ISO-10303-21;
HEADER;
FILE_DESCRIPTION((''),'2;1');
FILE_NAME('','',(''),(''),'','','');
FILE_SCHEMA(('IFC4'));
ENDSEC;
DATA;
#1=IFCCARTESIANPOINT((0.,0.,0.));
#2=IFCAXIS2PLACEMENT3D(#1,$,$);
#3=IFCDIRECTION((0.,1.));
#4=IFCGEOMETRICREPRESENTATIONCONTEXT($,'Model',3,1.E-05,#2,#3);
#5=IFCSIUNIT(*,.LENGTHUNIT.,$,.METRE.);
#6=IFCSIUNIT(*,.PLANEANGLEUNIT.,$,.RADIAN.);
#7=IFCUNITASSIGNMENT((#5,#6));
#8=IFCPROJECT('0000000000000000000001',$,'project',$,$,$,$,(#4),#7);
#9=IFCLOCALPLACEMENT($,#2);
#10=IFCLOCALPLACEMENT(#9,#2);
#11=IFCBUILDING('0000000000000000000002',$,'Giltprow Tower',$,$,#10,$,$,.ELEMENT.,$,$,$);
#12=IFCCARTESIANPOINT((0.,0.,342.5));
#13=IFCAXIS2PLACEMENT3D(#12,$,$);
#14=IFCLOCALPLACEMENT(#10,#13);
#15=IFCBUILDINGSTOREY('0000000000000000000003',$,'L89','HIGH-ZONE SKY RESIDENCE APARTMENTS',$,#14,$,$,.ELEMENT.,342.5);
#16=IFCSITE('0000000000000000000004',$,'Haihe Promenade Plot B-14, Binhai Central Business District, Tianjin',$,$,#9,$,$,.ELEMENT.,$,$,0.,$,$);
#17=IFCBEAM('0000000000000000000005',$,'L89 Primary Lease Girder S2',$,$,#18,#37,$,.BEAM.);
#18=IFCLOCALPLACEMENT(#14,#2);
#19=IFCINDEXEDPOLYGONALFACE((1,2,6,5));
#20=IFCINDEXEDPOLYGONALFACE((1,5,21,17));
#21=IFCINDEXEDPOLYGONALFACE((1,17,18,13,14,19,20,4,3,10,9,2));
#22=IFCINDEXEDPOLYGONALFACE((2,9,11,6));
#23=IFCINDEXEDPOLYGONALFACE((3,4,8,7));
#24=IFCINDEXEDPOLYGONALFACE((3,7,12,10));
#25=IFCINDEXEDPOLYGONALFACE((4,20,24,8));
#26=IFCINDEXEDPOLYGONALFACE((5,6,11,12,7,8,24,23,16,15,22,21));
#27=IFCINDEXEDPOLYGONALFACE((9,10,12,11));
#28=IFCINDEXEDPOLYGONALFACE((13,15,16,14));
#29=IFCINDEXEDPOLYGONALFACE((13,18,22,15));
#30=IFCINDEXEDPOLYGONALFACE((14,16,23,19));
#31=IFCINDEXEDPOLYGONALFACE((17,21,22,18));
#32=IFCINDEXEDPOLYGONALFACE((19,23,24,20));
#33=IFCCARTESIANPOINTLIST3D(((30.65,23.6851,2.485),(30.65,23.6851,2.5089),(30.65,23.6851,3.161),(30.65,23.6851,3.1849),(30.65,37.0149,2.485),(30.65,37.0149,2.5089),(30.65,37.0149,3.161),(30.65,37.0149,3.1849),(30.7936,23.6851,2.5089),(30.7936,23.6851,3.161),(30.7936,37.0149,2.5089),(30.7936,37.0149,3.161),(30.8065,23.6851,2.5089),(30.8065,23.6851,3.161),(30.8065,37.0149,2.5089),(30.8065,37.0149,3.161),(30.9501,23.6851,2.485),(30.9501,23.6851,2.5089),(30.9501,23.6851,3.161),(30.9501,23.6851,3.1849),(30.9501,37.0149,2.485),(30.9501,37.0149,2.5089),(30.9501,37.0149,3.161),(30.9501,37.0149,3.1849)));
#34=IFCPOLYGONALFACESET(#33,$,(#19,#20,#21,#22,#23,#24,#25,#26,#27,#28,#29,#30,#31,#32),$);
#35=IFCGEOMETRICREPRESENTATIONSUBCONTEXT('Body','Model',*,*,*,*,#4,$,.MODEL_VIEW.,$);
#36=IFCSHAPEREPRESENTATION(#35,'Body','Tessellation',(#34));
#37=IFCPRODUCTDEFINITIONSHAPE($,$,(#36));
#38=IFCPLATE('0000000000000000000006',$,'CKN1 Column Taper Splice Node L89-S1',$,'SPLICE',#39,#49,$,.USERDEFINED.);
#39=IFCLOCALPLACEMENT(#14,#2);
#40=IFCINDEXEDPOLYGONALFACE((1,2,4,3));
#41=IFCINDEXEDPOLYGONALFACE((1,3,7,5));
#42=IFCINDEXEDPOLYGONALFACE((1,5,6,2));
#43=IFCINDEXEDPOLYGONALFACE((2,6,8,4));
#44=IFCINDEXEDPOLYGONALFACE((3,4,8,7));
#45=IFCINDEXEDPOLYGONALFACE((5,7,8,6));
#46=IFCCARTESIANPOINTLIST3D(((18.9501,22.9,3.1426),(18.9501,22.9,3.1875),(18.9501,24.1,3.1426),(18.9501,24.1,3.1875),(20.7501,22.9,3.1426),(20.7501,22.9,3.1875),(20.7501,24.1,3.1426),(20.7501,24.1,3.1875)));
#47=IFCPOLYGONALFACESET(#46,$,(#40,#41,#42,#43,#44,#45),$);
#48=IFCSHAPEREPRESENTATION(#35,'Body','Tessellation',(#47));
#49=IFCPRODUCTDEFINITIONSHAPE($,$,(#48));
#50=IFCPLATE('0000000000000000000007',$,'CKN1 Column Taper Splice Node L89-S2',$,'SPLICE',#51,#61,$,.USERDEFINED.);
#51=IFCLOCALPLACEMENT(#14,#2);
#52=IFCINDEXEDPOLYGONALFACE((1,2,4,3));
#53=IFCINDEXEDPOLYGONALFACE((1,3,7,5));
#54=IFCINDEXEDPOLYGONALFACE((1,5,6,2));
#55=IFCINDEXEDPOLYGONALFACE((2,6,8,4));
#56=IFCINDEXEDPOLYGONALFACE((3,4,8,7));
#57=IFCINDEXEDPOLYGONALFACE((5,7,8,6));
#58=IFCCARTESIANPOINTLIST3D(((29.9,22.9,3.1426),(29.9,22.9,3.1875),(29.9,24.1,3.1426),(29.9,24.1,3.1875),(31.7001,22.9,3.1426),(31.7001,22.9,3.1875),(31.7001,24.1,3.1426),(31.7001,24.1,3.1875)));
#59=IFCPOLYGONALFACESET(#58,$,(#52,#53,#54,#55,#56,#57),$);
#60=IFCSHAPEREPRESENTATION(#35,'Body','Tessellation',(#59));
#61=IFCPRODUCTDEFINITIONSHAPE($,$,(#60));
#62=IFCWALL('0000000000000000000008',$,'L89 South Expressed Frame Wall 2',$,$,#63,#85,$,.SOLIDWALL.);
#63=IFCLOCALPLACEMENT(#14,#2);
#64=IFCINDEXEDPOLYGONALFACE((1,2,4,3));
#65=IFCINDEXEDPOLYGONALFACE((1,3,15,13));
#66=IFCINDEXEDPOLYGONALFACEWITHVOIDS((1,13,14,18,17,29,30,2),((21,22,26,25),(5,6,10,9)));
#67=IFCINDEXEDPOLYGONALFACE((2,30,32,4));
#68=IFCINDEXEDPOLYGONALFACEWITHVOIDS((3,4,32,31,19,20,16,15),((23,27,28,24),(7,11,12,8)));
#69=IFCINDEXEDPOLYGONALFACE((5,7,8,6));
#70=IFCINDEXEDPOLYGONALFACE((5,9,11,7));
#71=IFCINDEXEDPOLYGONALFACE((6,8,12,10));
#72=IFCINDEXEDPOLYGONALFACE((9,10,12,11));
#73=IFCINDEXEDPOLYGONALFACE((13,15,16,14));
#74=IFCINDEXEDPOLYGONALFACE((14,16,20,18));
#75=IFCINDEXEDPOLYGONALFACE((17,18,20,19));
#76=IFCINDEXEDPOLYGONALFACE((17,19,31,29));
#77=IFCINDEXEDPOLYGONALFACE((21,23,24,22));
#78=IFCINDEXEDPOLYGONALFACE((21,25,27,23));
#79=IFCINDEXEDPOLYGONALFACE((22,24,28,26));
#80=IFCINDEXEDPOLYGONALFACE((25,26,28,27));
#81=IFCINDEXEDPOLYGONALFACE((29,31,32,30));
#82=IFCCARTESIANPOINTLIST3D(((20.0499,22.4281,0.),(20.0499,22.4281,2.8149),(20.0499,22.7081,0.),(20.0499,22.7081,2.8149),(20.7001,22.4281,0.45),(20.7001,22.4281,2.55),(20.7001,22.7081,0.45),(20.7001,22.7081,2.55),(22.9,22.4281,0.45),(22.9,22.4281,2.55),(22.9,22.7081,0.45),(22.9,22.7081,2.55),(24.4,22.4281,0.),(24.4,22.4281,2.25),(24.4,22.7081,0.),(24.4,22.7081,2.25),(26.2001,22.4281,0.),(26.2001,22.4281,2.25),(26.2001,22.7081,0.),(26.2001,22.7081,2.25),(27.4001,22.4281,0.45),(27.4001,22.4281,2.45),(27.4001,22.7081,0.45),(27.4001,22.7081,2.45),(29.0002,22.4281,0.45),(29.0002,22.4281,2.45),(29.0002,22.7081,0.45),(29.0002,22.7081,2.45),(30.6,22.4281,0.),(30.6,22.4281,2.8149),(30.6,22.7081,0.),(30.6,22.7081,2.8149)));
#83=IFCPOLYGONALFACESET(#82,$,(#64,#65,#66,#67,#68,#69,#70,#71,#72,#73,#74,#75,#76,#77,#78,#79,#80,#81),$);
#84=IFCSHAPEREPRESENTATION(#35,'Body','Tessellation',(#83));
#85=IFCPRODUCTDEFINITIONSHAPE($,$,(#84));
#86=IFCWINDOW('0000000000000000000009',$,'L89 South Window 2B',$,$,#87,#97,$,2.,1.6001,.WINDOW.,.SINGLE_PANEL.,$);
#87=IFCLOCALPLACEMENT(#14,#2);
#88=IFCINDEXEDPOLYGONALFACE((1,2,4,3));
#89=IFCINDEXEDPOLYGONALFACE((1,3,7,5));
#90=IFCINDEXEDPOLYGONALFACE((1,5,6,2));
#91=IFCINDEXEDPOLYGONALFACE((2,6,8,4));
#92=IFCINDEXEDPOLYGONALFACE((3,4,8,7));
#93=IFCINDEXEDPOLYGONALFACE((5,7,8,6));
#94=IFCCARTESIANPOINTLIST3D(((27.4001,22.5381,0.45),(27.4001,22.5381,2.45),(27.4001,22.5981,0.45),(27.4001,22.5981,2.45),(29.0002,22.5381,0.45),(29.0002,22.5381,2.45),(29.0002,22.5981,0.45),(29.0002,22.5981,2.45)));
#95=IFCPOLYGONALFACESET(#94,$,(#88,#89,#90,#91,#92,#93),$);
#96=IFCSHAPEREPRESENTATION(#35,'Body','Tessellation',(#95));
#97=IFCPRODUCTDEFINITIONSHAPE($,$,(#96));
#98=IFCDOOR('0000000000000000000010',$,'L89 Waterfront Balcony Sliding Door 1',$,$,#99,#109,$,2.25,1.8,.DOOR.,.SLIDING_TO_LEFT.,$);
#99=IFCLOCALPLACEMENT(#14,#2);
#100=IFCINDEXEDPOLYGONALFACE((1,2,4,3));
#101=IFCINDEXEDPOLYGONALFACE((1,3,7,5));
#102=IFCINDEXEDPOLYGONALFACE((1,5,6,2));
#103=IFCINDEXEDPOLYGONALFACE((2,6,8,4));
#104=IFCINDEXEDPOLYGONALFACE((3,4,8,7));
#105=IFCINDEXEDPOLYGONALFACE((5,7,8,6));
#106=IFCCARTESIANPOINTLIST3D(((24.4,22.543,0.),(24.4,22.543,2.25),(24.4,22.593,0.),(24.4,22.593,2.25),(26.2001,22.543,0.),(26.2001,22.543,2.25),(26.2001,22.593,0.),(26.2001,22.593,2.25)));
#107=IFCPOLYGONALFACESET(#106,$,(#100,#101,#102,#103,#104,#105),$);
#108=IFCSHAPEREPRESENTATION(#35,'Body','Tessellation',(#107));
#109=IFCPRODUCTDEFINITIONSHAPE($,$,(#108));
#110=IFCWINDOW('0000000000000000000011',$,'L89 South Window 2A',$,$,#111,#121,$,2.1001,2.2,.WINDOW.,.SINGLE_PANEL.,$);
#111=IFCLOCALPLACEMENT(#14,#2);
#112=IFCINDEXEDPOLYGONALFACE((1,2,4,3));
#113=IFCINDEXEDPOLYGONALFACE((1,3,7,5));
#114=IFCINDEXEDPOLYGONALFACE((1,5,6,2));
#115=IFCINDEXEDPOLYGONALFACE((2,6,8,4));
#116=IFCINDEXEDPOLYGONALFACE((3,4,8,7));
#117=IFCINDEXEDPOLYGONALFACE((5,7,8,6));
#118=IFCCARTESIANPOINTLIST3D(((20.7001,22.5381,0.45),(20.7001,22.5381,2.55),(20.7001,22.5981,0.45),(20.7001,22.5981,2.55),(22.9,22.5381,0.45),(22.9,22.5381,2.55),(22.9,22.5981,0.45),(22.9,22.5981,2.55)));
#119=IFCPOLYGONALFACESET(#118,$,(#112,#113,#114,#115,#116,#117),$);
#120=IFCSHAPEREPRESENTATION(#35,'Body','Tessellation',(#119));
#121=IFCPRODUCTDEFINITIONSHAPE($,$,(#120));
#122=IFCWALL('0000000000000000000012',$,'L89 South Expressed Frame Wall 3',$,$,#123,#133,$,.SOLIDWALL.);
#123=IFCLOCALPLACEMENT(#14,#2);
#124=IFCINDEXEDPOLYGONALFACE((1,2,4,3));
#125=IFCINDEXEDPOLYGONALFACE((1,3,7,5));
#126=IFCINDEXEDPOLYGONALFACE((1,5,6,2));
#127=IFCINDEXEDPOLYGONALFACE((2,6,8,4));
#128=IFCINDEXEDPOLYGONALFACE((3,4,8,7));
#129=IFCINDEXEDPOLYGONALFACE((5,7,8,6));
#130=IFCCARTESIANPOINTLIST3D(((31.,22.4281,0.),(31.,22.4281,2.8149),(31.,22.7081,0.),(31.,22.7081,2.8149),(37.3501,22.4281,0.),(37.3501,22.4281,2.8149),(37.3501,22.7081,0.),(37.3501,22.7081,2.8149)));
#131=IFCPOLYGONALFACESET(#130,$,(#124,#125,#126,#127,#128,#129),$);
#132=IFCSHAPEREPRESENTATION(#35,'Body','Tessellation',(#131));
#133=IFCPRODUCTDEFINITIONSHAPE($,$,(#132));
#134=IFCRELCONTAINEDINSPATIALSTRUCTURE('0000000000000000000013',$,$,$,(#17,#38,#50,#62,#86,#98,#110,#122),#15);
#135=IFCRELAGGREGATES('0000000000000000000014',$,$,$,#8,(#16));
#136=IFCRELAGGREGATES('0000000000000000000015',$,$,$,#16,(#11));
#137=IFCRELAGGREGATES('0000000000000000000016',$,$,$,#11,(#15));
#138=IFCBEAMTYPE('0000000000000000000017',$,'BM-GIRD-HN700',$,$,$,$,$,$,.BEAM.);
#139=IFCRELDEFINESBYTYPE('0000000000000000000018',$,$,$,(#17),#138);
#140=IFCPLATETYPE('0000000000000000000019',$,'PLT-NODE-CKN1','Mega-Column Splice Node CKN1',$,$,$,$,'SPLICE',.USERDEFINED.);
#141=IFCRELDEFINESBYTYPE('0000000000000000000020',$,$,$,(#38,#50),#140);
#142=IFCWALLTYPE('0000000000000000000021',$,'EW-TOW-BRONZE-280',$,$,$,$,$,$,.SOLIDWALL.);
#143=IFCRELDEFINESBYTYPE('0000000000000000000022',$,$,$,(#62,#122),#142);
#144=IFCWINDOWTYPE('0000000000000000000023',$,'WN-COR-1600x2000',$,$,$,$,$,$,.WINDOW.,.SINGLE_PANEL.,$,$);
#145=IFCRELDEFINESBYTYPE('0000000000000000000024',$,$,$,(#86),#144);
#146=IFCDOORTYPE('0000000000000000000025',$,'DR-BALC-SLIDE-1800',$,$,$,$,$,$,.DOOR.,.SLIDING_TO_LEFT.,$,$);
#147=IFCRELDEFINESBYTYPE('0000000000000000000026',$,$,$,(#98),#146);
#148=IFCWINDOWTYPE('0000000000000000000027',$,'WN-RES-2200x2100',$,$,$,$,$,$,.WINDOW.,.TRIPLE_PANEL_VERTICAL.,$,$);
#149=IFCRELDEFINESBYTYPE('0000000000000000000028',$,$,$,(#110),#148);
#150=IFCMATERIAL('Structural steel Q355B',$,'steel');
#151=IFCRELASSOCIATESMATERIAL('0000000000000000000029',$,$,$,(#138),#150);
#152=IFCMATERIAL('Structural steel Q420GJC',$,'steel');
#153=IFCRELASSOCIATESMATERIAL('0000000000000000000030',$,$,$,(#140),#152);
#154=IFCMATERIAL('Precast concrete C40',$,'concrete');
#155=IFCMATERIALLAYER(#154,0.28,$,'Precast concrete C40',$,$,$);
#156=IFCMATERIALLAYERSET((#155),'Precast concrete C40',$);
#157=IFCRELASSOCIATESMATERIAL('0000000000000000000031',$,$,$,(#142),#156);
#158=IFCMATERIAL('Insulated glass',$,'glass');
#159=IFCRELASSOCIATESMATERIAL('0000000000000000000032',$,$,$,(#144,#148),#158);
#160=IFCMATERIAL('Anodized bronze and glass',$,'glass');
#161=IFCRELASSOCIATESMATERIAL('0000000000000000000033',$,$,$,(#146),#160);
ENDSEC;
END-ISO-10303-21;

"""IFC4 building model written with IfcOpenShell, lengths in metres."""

from ifc_helpers import new_model, si_unit, direction, frame, frame_2d, origin, origin_2d, place, context, subcontext, project, spatial, rectangle, i_section, extrude, source, transform, mapped, material, layer, layer_set, material_profile, profile_set, type_object, element, fill, save


model = new_model("IFC4")

# Units and contexts
model_context = context("Model", 3, precision=1e-05, world=origin(), true_north=direction((0.0, 1.0)))
body_context = subcontext(model_context, "Body", "Model", "MODEL_VIEW")
ifc_project = project(units=[si_unit("LENGTHUNIT", "METRE"), si_unit("PLANEANGLEUNIT", "RADIAN")], contexts=[model_context])

# Site, building, storey
site_placement = place(None, origin())
site = spatial("IfcSite", under=ifc_project, at=site_placement, Name="Haihe Promenade Plot B-14, Binhai Central Business District, Tianjin", CompositionType="ELEMENT", RefElevation=0.0)
building_placement = place(site_placement, origin())
building = spatial("IfcBuilding", under=site, at=building_placement, Name="Giltprow Tower", CompositionType="ELEMENT")
storey_placement = place(building_placement, frame((0.0, 0.0, 342.5)))
storey = spatial("IfcBuildingStorey", under=building, at=storey_placement, Name="L89", Description="HIGH-ZONE SKY RESIDENCE APARTMENTS", CompositionType="ELEMENT", Elevation=342.5)

# Shared definitions
ifc_material_1 = material(Name="Structural steel Q355B", Category="steel")

# Beam
ifc_material_profile_1 = material_profile(ifc_material_1, i_section(OverallWidth=0.3, OverallDepth=0.7, WebThickness=0.0129, FlangeThickness=0.0239, at=origin_2d()), Name="HN 700x300x13x24")
ifc_profile_set_1 = profile_set([ifc_material_profile_1], Name="Structural steel Q355B")
beam_type_1 = type_object("IfcBeamType", Name="BM-GIRD-HN700", PredefinedType="BEAM", material=ifc_profile_set_1)
shared_shape_1 = source(origin(), body_context, "Body", "SweptSolid", [
    extrude(i_section(OverallWidth=0.3, OverallDepth=0.7, WebThickness=0.0129, FlangeThickness=0.0239, at=origin_2d()), origin(), (0.0, 0.0, 1.0), 13.3298),
])
for number, where, z_axis, x_axis, name in (
    (1, (30.8, 23.6851, 2.835), (0.0, 1.0, 0.0), (-1.0, 0.0, 0.0), "L89 Primary Lease Girder S2"),
):
    element("IfcBeam", number, at=place(storey_placement, frame(where, z_axis=z_axis, x_axis=x_axis)), inside=storey, type_object=beam_type_1, Name=name, PredefinedType="BEAM", context=body_context, shape_type="MappedRepresentation", body=[
        mapped(shared_shape_1, transform((0.0, 0.0, 0.0), x_axis=(1.0, 0.0, 0.0), y_axis=(0.0, 1.0, 0.0), z_axis=(0.0, 0.0, 1.0), scale=1.0)),
    ])

# Plates
ifc_material_2 = material(Name="Structural steel Q420GJC", Category="steel")
plate_type = type_object("IfcPlateType", Name="PLT-NODE-CKN1", Description="Mega-Column Splice Node CKN1", ElementType="SPLICE", PredefinedType="USERDEFINED", material=ifc_material_2)
shared_shape_2 = source(origin(), body_context, "Body", "SweptSolid", [
    extrude(rectangle(XDim=1.8, YDim=1.2, at=origin_2d()), origin(), (0.0, 0.0, 1.0), 0.0449),
])
for number, where, z_axis, x_axis, name in (
    (2, (19.8501, 23.5, 3.1426), (0.0, 0.0, 1.0), (1.0, 0.0, 0.0), "CKN1 Column Taper Splice Node L89-S1"),
    (3, (30.8, 23.5, 3.1426), (0.0, 0.0, 1.0), (1.0, 0.0, 0.0), "CKN1 Column Taper Splice Node L89-S2"),
):
    element("IfcPlate", number, at=place(storey_placement, frame(where, z_axis=z_axis, x_axis=x_axis)), inside=storey, type_object=plate_type, Name=name, ObjectType="SPLICE", PredefinedType="USERDEFINED", context=body_context, shape_type="MappedRepresentation", body=[
        mapped(shared_shape_2, transform((0.0, 0.0, 0.0), x_axis=(1.0, 0.0, 0.0), y_axis=(0.0, 1.0, 0.0), z_axis=(0.0, 0.0, 1.0), scale=1.0)),
    ])

# Wall, openings, windows, door
ifc_material_3 = material(Name="Precast concrete C40", Category="concrete")
ifc_layer_1 = layer(ifc_material_3, 0.28, Name="Precast concrete C40")
ifc_layer_set_1 = layer_set([ifc_layer_1], Name="Precast concrete C40")
wall_type_1 = type_object("IfcWallType", Name="EW-TOW-BRONZE-280", PredefinedType="SOLIDWALL", material=ifc_layer_set_1)
wall_1_placement = place(storey_placement, frame((20.05, 22.5681, 0.0), z_axis=(0.0, 0.0, 1.0), x_axis=(1.0, 0.0, 0.0)))
wall_1 = element("IfcWall", 4, at=wall_1_placement, inside=storey, type_object=wall_type_1, Name="L89 South Expressed Frame Wall 2", PredefinedType="SOLIDWALL", context=body_context, shape_type="SweptSolid", body=[
    extrude(rectangle(XDim=10.55, YDim=0.28, at=frame_2d((5.2749, 0.0))), origin(), (0.0, 0.0, 1.0), 2.8149),
])
opening_1_placement = place(wall_1_placement, frame((4.3501, 0.0, 0.0)))
opening_1 = element("IfcOpeningElement", 5, at=opening_1_placement, cuts=wall_1, PredefinedType="OPENING", context=body_context, shape_type="SweptSolid", body=[
    extrude(rectangle(XDim=1.8, YDim=2.25, at=frame_2d((0.8999, 1.125))), frame((0.0, 0.1499, 0.0), z_axis=(0.0, -1.0, 0.0), x_axis=(1.0, 0.0, 0.0)), (0.0, 0.0, 1.0), 0.3),
])
opening_2_placement = place(wall_1_placement, frame((0.6499, 0.0, 0.45)))
opening_2 = element("IfcOpeningElement", 6, at=opening_2_placement, cuts=wall_1, PredefinedType="OPENING", context=body_context, shape_type="SweptSolid", body=[
    extrude(rectangle(XDim=2.2, YDim=2.1001, at=frame_2d((1.1001, 1.05))), frame((0.0, 0.1499, 0.0), z_axis=(0.0, -1.0, 0.0), x_axis=(1.0, 0.0, 0.0)), (0.0, 0.0, 1.0), 0.3),
])
opening_3_placement = place(wall_1_placement, frame((7.3501, 0.0, 0.45)))
opening_3 = element("IfcOpeningElement", 7, at=opening_3_placement, cuts=wall_1, PredefinedType="OPENING", context=body_context, shape_type="SweptSolid", body=[
    extrude(rectangle(XDim=1.6001, YDim=2.0, at=frame_2d((0.8, 1.0))), frame((0.0, 0.1499, 0.0), z_axis=(0.0, -1.0, 0.0), x_axis=(1.0, 0.0, 0.0)), (0.0, 0.0, 1.0), 0.3),
])
ifc_material_4 = material(Name="Insulated glass", Category="glass")
window_type_1 = type_object("IfcWindowType", Name="WN-COR-1600x2000", PartitioningType="SINGLE_PANEL", PredefinedType="WINDOW", material=ifc_material_4)
shared_shape_3 = source(origin(), body_context, "Body", "SweptSolid", [
    extrude(rectangle(XDim=1.6001, YDim=2.0, at=frame_2d((0.8, 1.0))), frame((0.0, 0.03, 0.0), z_axis=(0.0, -1.0, 0.0), x_axis=(1.0, 0.0, 0.0)), (0.0, 0.0, 1.0), 0.0601),
])
window_1_placement = place(opening_3_placement, origin())
window_1 = element("IfcWindow", 8, at=window_1_placement, inside=storey, type_object=window_type_1, Name="L89 South Window 2B", OverallHeight=2.0, OverallWidth=1.6001, PartitioningType="SINGLE_PANEL", PredefinedType="WINDOW", context=body_context, shape_type="MappedRepresentation", body=[
    mapped(shared_shape_3, transform((0.0, 0.0, 0.0), x_axis=(1.0, 0.0, 0.0), y_axis=(0.0, 1.0, 0.0), z_axis=(0.0, 0.0, 1.0), scale=1.0)),
])
fill(opening_3, window_1)
ifc_material_5 = material(Name="Anodized bronze and glass", Category="glass")
door_type_1 = type_object("IfcDoorType", Name="DR-BALC-SLIDE-1800", OperationType="SLIDING_TO_LEFT", PredefinedType="DOOR", material=ifc_material_5)
shared_shape_4 = source(origin(), body_context, "Body", "SweptSolid", [
    extrude(rectangle(XDim=1.8, YDim=2.25, at=frame_2d((0.8999, 1.125))), frame((0.0, 0.0249, 0.0), z_axis=(0.0, -1.0, 0.0), x_axis=(1.0, 0.0, 0.0)), (0.0, 0.0, 1.0), 0.05),
])
door_1_placement = place(opening_1_placement, origin())
door_1 = element("IfcDoor", 9, at=door_1_placement, inside=storey, type_object=door_type_1, Name="L89 Waterfront Balcony Sliding Door 1", OperationType="SLIDING_TO_LEFT", OverallHeight=2.25, OverallWidth=1.8, PredefinedType="DOOR", context=body_context, shape_type="MappedRepresentation", body=[
    mapped(shared_shape_4, transform((0.0, 0.0, 0.0), x_axis=(1.0, 0.0, 0.0), y_axis=(0.0, 1.0, 0.0), z_axis=(0.0, 0.0, 1.0), scale=1.0)),
])
fill(opening_1, door_1)
window_type_2 = type_object("IfcWindowType", Name="WN-RES-2200x2100", PartitioningType="TRIPLE_PANEL_VERTICAL", PredefinedType="WINDOW", material=ifc_material_4)
shared_shape_5 = source(origin(), body_context, "Body", "SweptSolid", [
    extrude(rectangle(XDim=2.2, YDim=2.1001, at=frame_2d((1.1001, 1.05))), frame((0.0, 0.03, 0.0), z_axis=(0.0, -1.0, 0.0), x_axis=(1.0, 0.0, 0.0)), (0.0, 0.0, 1.0), 0.0601),
])
window_2_placement = place(opening_2_placement, origin())
window_2 = element("IfcWindow", 10, at=window_2_placement, inside=storey, type_object=window_type_2, Name="L89 South Window 2A", OverallHeight=2.1001, OverallWidth=2.2, PartitioningType="SINGLE_PANEL", PredefinedType="WINDOW", context=body_context, shape_type="MappedRepresentation", body=[
    mapped(shared_shape_5, transform((0.0, 0.0, 0.0), x_axis=(1.0, 0.0, 0.0), y_axis=(0.0, 1.0, 0.0), z_axis=(0.0, 0.0, 1.0), scale=1.0)),
])
fill(opening_2, window_2)

# Wall
wall_2_placement = place(storey_placement, frame((31.0, 22.5681, 0.0), z_axis=(0.0, 0.0, 1.0), x_axis=(1.0, 0.0, 0.0)))
element("IfcWall", 11, at=wall_2_placement, inside=storey, type_object=wall_type_1, Name="L89 South Expressed Frame Wall 3", PredefinedType="SOLIDWALL", context=body_context, shape_type="SweptSolid", body=[
    extrude(rectangle(XDim=6.3501, YDim=0.28, at=frame_2d((3.175, 0.0))), origin(), (0.0, 0.0, 1.0), 2.8149),
])

save(model, "model.ifc")
